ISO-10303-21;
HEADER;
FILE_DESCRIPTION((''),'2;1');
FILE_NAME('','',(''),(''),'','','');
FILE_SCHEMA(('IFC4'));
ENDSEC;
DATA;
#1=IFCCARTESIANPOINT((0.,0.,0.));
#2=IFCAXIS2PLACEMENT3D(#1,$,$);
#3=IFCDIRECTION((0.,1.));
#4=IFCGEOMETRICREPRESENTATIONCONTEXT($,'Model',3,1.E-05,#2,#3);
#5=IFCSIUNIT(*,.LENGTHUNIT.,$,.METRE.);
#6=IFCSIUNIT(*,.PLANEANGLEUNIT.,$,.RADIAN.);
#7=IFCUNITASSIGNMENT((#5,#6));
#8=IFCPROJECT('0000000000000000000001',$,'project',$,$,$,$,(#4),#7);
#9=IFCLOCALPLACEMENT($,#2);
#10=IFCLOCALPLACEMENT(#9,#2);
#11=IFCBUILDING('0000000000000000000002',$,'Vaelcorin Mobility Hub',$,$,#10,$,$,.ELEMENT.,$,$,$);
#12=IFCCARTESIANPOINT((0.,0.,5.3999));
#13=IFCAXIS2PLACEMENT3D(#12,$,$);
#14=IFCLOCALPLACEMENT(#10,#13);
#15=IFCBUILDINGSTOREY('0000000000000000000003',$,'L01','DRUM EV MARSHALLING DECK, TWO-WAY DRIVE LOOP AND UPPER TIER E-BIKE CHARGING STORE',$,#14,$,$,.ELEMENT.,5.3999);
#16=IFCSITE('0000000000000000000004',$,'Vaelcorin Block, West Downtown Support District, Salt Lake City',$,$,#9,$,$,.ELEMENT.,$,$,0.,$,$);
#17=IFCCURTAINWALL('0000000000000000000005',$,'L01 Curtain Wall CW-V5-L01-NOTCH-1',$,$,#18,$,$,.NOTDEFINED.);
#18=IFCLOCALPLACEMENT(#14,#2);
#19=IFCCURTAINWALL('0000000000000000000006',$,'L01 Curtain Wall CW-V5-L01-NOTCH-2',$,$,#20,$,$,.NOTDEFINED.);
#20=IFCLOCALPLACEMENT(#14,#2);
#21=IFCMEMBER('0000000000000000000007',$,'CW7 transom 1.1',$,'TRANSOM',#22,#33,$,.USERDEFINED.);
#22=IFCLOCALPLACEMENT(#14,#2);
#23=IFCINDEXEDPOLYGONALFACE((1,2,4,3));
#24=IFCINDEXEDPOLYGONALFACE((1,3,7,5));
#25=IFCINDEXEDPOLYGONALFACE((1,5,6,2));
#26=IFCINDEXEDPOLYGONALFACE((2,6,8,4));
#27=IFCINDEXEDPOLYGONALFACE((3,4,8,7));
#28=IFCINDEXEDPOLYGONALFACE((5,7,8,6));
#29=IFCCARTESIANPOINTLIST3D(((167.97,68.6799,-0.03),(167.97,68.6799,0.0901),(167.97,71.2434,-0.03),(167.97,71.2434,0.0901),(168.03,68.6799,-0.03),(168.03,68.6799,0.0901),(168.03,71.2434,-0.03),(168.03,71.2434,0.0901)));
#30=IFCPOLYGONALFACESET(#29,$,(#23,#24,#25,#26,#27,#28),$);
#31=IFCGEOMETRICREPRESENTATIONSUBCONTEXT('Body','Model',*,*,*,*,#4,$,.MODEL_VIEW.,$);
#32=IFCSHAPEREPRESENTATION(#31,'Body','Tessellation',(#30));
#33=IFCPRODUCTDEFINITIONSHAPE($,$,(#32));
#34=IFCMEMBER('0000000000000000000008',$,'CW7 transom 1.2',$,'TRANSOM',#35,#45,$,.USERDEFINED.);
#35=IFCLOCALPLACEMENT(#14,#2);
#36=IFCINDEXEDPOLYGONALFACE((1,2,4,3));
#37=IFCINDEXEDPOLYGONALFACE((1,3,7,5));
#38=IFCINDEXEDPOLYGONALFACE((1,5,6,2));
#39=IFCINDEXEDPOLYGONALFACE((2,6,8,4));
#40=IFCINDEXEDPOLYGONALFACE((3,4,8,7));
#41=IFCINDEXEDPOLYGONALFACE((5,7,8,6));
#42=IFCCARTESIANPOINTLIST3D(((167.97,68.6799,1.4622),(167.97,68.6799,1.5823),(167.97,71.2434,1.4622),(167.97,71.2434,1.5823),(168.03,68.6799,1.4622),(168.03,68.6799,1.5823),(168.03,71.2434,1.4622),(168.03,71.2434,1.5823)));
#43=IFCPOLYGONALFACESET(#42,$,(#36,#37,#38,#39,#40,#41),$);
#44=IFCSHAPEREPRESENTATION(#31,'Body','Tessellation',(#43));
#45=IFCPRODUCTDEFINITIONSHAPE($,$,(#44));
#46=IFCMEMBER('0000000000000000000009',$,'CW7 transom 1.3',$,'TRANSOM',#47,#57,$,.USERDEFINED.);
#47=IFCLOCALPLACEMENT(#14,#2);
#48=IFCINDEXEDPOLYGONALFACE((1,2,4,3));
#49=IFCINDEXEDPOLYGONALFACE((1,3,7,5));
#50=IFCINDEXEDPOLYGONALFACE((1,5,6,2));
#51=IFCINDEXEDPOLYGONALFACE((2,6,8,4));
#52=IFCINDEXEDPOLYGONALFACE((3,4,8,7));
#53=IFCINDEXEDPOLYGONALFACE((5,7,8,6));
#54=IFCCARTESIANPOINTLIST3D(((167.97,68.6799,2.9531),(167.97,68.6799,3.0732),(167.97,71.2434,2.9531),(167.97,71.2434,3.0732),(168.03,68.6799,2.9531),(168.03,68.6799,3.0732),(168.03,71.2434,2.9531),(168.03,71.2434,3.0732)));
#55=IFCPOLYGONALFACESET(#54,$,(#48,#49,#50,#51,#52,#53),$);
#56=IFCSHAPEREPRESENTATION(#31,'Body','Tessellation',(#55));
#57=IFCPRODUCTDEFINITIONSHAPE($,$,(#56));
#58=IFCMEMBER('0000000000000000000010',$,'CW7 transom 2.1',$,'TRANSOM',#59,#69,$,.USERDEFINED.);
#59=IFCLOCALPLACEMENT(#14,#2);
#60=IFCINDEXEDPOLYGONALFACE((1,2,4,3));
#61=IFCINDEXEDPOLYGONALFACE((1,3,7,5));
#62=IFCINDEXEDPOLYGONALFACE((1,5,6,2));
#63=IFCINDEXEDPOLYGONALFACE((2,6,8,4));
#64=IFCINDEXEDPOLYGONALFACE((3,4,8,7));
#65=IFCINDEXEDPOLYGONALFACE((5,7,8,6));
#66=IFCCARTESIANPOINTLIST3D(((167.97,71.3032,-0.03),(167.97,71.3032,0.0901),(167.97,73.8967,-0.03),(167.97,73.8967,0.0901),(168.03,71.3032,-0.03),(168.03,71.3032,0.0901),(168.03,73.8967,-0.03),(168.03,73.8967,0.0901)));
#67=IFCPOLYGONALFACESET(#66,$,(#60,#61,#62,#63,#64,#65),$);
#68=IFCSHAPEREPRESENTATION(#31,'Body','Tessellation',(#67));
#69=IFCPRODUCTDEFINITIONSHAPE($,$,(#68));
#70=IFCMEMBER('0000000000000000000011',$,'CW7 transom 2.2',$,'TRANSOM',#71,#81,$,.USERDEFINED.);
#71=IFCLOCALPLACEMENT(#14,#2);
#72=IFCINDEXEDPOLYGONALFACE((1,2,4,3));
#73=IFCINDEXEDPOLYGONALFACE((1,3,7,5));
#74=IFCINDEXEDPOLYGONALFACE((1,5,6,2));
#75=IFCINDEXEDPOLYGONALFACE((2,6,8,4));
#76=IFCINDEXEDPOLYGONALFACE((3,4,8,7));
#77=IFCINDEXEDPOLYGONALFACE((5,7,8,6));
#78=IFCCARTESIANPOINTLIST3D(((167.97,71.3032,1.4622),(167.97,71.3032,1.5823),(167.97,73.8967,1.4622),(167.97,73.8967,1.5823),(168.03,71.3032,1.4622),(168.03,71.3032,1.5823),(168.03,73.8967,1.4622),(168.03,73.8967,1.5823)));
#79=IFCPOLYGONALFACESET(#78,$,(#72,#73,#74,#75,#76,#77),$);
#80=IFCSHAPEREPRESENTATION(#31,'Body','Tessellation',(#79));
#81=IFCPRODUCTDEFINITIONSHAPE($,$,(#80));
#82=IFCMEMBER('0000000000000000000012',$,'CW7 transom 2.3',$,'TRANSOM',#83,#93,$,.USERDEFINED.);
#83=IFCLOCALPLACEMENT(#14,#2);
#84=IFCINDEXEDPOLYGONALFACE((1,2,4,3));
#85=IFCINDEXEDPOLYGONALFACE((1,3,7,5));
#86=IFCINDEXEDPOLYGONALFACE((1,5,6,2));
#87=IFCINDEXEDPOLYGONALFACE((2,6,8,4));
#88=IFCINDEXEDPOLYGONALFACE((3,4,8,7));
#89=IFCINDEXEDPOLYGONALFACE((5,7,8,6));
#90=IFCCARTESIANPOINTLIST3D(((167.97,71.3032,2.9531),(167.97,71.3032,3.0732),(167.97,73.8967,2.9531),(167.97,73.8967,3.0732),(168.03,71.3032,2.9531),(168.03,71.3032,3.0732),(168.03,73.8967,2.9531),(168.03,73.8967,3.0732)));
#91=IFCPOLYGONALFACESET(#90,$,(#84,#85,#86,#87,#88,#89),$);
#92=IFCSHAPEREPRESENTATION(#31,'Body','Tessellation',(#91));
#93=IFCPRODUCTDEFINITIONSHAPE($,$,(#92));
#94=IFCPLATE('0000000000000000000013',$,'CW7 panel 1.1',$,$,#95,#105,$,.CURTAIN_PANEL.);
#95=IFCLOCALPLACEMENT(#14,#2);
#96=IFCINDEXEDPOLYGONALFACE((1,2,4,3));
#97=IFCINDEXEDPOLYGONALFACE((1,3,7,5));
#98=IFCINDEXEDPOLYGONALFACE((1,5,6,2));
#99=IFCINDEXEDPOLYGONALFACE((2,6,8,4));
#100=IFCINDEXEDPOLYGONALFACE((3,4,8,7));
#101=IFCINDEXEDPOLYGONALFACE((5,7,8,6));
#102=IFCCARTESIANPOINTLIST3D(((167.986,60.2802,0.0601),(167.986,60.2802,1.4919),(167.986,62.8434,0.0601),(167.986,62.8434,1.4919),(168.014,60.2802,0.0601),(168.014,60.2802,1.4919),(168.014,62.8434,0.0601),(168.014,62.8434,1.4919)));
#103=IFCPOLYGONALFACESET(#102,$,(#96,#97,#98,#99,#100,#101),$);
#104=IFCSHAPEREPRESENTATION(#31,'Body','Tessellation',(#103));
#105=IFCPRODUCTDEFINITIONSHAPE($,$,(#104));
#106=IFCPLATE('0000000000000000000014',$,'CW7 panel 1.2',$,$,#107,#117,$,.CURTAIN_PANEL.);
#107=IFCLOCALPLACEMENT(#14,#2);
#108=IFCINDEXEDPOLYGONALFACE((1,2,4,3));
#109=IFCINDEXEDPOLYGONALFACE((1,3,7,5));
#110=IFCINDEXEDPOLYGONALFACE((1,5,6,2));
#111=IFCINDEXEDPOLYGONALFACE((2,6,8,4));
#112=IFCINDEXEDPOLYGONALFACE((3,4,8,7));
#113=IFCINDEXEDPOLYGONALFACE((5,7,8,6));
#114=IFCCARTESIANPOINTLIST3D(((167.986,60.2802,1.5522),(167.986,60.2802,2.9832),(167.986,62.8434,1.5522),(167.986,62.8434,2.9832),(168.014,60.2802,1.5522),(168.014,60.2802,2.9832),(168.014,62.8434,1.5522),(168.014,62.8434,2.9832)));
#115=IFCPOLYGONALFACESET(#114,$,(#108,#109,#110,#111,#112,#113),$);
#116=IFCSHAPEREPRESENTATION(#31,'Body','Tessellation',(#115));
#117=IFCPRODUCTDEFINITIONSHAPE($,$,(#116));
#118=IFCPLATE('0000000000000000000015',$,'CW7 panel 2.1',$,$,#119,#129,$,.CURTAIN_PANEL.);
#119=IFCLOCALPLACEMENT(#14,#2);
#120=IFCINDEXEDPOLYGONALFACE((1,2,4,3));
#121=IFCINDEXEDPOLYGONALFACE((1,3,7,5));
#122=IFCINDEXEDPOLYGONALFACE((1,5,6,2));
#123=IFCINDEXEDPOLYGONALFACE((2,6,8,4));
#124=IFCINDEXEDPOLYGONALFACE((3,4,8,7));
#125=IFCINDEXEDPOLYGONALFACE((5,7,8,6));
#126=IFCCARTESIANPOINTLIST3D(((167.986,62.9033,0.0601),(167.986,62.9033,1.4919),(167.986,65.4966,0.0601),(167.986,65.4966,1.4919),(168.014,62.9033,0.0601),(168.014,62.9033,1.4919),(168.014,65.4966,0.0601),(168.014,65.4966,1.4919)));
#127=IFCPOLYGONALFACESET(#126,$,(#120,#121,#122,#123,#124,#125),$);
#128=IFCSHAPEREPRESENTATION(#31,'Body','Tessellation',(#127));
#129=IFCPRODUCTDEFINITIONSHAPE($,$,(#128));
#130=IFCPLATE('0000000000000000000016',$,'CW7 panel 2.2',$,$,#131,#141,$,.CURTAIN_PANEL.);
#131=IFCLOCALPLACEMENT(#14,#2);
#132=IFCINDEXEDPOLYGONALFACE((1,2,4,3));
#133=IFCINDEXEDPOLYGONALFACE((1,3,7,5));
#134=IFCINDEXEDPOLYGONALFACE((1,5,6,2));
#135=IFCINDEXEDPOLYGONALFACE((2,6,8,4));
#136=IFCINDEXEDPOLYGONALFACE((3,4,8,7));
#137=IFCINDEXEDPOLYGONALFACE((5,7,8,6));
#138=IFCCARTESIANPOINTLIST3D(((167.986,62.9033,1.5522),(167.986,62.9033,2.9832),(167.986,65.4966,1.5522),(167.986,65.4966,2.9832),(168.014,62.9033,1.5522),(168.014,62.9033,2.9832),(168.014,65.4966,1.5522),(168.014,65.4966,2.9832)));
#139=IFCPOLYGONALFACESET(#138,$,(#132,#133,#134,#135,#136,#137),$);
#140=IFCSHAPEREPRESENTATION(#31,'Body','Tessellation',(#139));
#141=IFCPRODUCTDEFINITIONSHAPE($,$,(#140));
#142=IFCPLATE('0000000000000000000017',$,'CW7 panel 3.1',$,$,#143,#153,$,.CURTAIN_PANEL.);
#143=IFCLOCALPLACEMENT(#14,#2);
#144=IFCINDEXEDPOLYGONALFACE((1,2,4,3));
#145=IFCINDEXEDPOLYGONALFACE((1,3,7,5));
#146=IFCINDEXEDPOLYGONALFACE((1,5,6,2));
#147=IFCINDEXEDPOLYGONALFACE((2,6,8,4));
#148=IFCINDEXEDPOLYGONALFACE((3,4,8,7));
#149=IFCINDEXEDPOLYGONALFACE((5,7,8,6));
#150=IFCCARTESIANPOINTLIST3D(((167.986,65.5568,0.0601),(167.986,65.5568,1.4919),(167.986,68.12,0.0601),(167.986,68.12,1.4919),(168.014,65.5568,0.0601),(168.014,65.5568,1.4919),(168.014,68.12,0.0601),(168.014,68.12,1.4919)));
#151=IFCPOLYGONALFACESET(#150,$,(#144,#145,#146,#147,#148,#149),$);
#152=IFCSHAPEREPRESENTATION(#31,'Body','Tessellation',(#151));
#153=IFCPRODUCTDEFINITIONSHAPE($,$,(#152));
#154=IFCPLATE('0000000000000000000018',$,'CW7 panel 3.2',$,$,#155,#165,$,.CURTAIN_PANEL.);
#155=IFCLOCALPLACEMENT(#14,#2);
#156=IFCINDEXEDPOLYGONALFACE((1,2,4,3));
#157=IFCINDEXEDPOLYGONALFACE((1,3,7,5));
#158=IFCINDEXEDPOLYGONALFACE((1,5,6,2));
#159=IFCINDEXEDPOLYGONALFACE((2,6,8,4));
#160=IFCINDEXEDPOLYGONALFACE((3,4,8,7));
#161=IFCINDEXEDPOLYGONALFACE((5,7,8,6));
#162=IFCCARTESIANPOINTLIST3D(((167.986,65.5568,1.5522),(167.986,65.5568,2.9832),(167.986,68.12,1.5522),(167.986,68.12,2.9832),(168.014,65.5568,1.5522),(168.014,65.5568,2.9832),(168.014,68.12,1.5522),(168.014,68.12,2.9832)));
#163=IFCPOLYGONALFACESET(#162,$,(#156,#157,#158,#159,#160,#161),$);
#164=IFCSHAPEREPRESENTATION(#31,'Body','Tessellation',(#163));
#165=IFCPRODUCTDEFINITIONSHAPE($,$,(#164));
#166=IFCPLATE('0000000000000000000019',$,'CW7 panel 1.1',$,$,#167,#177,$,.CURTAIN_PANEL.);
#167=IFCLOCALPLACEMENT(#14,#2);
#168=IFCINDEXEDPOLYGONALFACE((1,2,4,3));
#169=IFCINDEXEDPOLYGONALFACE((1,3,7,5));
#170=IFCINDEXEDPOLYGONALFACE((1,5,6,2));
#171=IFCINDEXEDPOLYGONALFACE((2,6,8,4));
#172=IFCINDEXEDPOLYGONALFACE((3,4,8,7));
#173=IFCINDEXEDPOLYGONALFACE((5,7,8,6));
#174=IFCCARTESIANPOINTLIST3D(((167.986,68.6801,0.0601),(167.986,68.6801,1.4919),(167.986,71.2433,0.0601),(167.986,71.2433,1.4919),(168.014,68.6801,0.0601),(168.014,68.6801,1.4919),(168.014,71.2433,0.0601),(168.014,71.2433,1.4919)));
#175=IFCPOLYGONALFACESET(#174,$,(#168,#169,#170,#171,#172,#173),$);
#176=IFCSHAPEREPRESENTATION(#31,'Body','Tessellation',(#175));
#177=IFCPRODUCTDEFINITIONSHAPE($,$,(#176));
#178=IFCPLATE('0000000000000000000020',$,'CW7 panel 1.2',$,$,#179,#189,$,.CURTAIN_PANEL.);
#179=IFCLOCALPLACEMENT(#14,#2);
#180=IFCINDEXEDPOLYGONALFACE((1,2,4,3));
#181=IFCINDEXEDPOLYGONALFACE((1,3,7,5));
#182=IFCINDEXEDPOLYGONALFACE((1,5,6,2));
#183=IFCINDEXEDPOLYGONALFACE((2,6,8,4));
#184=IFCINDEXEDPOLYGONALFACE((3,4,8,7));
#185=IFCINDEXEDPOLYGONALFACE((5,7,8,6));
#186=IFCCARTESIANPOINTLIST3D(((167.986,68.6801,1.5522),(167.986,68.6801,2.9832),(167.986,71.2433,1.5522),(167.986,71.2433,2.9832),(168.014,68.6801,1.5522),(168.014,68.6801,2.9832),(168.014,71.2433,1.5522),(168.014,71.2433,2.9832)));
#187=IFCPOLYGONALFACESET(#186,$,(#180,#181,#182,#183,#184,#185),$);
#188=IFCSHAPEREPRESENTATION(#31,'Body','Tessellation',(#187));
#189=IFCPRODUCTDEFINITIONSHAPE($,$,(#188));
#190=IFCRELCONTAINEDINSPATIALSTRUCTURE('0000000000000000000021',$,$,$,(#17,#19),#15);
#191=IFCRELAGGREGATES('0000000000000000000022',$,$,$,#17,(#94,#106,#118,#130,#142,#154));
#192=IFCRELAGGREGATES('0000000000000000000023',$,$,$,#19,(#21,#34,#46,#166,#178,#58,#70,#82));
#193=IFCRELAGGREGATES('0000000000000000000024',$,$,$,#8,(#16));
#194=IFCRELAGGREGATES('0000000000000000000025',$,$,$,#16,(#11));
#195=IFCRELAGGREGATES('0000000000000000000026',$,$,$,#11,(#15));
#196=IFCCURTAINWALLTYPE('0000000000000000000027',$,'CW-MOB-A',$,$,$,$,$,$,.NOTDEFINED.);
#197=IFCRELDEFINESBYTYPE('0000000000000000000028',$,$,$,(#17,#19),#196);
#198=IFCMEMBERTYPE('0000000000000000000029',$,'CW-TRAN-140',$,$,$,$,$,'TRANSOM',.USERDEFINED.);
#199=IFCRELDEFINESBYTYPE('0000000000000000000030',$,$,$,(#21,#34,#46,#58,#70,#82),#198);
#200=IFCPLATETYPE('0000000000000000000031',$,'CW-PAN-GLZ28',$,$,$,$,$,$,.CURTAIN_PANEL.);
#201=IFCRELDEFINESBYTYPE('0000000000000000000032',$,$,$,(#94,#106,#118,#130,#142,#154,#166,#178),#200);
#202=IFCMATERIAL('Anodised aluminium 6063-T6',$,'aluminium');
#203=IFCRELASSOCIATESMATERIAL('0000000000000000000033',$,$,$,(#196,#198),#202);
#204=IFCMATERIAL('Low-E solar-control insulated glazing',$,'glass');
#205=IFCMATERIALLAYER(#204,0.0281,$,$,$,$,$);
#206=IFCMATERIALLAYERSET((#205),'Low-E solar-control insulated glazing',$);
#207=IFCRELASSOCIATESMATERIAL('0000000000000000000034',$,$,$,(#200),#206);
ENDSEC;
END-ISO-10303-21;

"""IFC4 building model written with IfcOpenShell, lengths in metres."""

from ifc_helpers import new_model, si_unit, direction, frame, origin, origin_2d, place, context, subcontext, project, spatial, rectangle, extrude, material, layer, layer_set, material_profile, profile_set, type_object, element, aggregate, save


model = new_model("IFC4")

# Units and contexts
model_context = context("Model", 3, precision=1e-05, world=origin(), true_north=direction((0.0, 1.0)))
body_context = subcontext(model_context, "Body", "Model", "MODEL_VIEW")
ifc_project = project(units=[si_unit("LENGTHUNIT", "METRE"), si_unit("PLANEANGLEUNIT", "RADIAN")], contexts=[model_context])

# Site, building, storey
site_placement = place(None, origin())
site = spatial("IfcSite", under=ifc_project, at=site_placement, Name="Vaelcorin Block, West Downtown Support District, Salt Lake City", CompositionType="ELEMENT", RefElevation=0.0)
building_placement = place(site_placement, origin())
building = spatial("IfcBuilding", under=site, at=building_placement, Name="Vaelcorin Mobility Hub", CompositionType="ELEMENT")
storey_placement = place(building_placement, frame((0.0, 0.0, 5.3999)))
storey = spatial("IfcBuildingStorey", under=building, at=storey_placement, Name="L01", Description="DRUM EV MARSHALLING DECK, TWO-WAY DRIVE LOOP AND UPPER TIER E-BIKE CHARGING STORE", CompositionType="ELEMENT", Elevation=5.3999)

# Curtain walls
ifc_material_1 = material(Name="Anodised aluminium 6063-T6", Category="aluminium")
curtain_wall_type = type_object("IfcCurtainWallType", Name="CW-MOB-A", PredefinedType="NOTDEFINED", material=ifc_material_1)
curtain_wall_1_placement = place(storey_placement, origin())
curtain_wall_1 = element("IfcCurtainWall", 1, at=curtain_wall_1_placement, inside=storey, type_object=curtain_wall_type, Name="L01 Curtain Wall CW-V5-L01-NOTCH-1", PredefinedType="NOTDEFINED")
curtain_wall_2_placement = place(storey_placement, origin())
curtain_wall_2 = element("IfcCurtainWall", 2, at=curtain_wall_2_placement, inside=storey, type_object=curtain_wall_type, Name="L01 Curtain Wall CW-V5-L01-NOTCH-2", PredefinedType="NOTDEFINED")

# Members
ifc_material_profile_1 = material_profile(ifc_material_1, rectangle(XDim=0.0601, YDim=0.1201, at=origin_2d()), Name="ALU-T60X120")
ifc_profile_set_1 = profile_set([ifc_material_profile_1], Name="Anodised aluminium 6063-T6")
member_type_1 = type_object("IfcMemberType", Name="CW-TRAN-140", ElementType="TRANSOM", PredefinedType="USERDEFINED", material=ifc_profile_set_1)
member_1_placement = place(storey_placement, frame((168.0, 68.6799, 0.03), z_axis=(0.0, 1.0, 0.0), x_axis=(-1.0, 0.0, 0.0)))
member_1 = element("IfcMember", 3, at=member_1_placement, type_object=member_type_1, Name="CW7 transom 1.1", ObjectType="TRANSOM", PredefinedType="USERDEFINED", context=body_context, shape_type="SweptSolid", body=[
    extrude(rectangle(XDim=0.0601, YDim=0.1201, at=origin_2d()), origin(), (0.0, 0.0, 1.0), 2.5635),
])
member_2_placement = place(storey_placement, frame((168.0, 68.6799, 1.5222), z_axis=(0.0, 1.0, 0.0), x_axis=(-1.0, 0.0, 0.0)))
member_2 = element("IfcMember", 4, at=member_2_placement, type_object=member_type_1, Name="CW7 transom 1.2", ObjectType="TRANSOM", PredefinedType="USERDEFINED", context=body_context, shape_type="SweptSolid", body=[
    extrude(rectangle(XDim=0.0601, YDim=0.1201, at=origin_2d()), origin(), (0.0, 0.0, 1.0), 2.5635),
])
member_3_placement = place(storey_placement, frame((168.0, 68.6799, 3.0132), z_axis=(0.0, 1.0, 0.0), x_axis=(-1.0, 0.0, 0.0)))
member_3 = element("IfcMember", 5, at=member_3_placement, type_object=member_type_1, Name="CW7 transom 1.3", ObjectType="TRANSOM", PredefinedType="USERDEFINED", context=body_context, shape_type="SweptSolid", body=[
    extrude(rectangle(XDim=0.0601, YDim=0.1201, at=origin_2d()), origin(), (0.0, 0.0, 1.0), 2.5635),
])
member_4_placement = place(storey_placement, frame((168.0, 71.3032, 0.03), z_axis=(0.0, 1.0, 0.0), x_axis=(-1.0, 0.0, 0.0)))
member_4 = element("IfcMember", 6, at=member_4_placement, type_object=member_type_1, Name="CW7 transom 2.1", ObjectType="TRANSOM", PredefinedType="USERDEFINED", context=body_context, shape_type="SweptSolid", body=[
    extrude(rectangle(XDim=0.0601, YDim=0.1201, at=origin_2d()), origin(), (0.0, 0.0, 1.0), 2.5935),
])
member_5_placement = place(storey_placement, frame((168.0, 71.3032, 1.5222), z_axis=(0.0, 1.0, 0.0), x_axis=(-1.0, 0.0, 0.0)))
member_5 = element("IfcMember", 7, at=member_5_placement, type_object=member_type_1, Name="CW7 transom 2.2", ObjectType="TRANSOM", PredefinedType="USERDEFINED", context=body_context, shape_type="SweptSolid", body=[
    extrude(rectangle(XDim=0.0601, YDim=0.1201, at=origin_2d()), origin(), (0.0, 0.0, 1.0), 2.5935),
])
member_6_placement = place(storey_placement, frame((168.0, 71.3032, 3.0132), z_axis=(0.0, 1.0, 0.0), x_axis=(-1.0, 0.0, 0.0)))
member_6 = element("IfcMember", 8, at=member_6_placement, type_object=member_type_1, Name="CW7 transom 2.3", ObjectType="TRANSOM", PredefinedType="USERDEFINED", context=body_context, shape_type="SweptSolid", body=[
    extrude(rectangle(XDim=0.0601, YDim=0.1201, at=origin_2d()), origin(), (0.0, 0.0, 1.0), 2.5935),
])

# Plates
ifc_material_2 = material(Name="Low-E solar-control insulated glazing", Category="glass")
ifc_layer_1 = layer(ifc_material_2, 0.0281)
ifc_layer_set_1 = layer_set([ifc_layer_1], Name="Low-E solar-control insulated glazing")
plate_type = type_object("IfcPlateType", Name="CW-PAN-GLZ28", PredefinedType="CURTAIN_PANEL", material=ifc_layer_set_1)
plate_1_placement = place(storey_placement, frame((168.0, 61.5618, 0.0601), z_axis=(0.0, 0.0, 1.0), x_axis=(0.0, 1.0, 0.0)))
plate_1 = element("IfcPlate", 9, at=plate_1_placement, type_object=plate_type, Name="CW7 panel 1.1", PredefinedType="CURTAIN_PANEL", context=body_context, shape_type="SweptSolid", body=[
    extrude(rectangle(XDim=2.5632, YDim=0.0281, at=origin_2d()), origin(), (0.0, 0.0, 1.0), 1.4319),
])
plate_2_placement = place(storey_placement, frame((168.0, 61.5618, 1.5522), z_axis=(0.0, 0.0, 1.0), x_axis=(0.0, 1.0, 0.0)))
plate_2 = element("IfcPlate", 10, at=plate_2_placement, type_object=plate_type, Name="CW7 panel 1.2", PredefinedType="CURTAIN_PANEL", context=body_context, shape_type="SweptSolid", body=[
    extrude(rectangle(XDim=2.5632, YDim=0.0281, at=origin_2d()), origin(), (0.0, 0.0, 1.0), 1.4309),
])
plate_3_placement = place(storey_placement, frame((168.0, 64.2, 0.0601), z_axis=(0.0, 0.0, 1.0), x_axis=(0.0, 1.0, 0.0)))
plate_3 = element("IfcPlate", 11, at=plate_3_placement, type_object=plate_type, Name="CW7 panel 2.1", PredefinedType="CURTAIN_PANEL", context=body_context, shape_type="SweptSolid", body=[
    extrude(rectangle(XDim=2.5933, YDim=0.0281, at=origin_2d()), origin(), (0.0, 0.0, 1.0), 1.4319),
])
plate_4_placement = place(storey_placement, frame((168.0, 64.2, 1.5522), z_axis=(0.0, 0.0, 1.0), x_axis=(0.0, 1.0, 0.0)))
plate_4 = element("IfcPlate", 12, at=plate_4_placement, type_object=plate_type, Name="CW7 panel 2.2", PredefinedType="CURTAIN_PANEL", context=body_context, shape_type="SweptSolid", body=[
    extrude(rectangle(XDim=2.5933, YDim=0.0281, at=origin_2d()), origin(), (0.0, 0.0, 1.0), 1.4309),
])
plate_5_placement = place(storey_placement, frame((168.0, 66.8384, 0.0601), z_axis=(0.0, 0.0, 1.0), x_axis=(0.0, 1.0, 0.0)))
plate_5 = element("IfcPlate", 13, at=plate_5_placement, type_object=plate_type, Name="CW7 panel 3.1", PredefinedType="CURTAIN_PANEL", context=body_context, shape_type="SweptSolid", body=[
    extrude(rectangle(XDim=2.5632, YDim=0.0281, at=origin_2d()), origin(), (0.0, 0.0, 1.0), 1.4319),
])
plate_6_placement = place(storey_placement, frame((168.0, 66.8384, 1.5522), z_axis=(0.0, 0.0, 1.0), x_axis=(0.0, 1.0, 0.0)))
plate_6 = element("IfcPlate", 14, at=plate_6_placement, type_object=plate_type, Name="CW7 panel 3.2", PredefinedType="CURTAIN_PANEL", context=body_context, shape_type="SweptSolid", body=[
    extrude(rectangle(XDim=2.5632, YDim=0.0281, at=origin_2d()), origin(), (0.0, 0.0, 1.0), 1.4309),
])
aggregate(curtain_wall_1, [plate_1, plate_2, plate_3, plate_4, plate_5, plate_6])
plate_7_placement = place(storey_placement, frame((168.0, 69.9617, 0.0601), z_axis=(0.0, 0.0, 1.0), x_axis=(0.0, 1.0, 0.0)))
plate_7 = element("IfcPlate", 15, at=plate_7_placement, type_object=plate_type, Name="CW7 panel 1.1", PredefinedType="CURTAIN_PANEL", context=body_context, shape_type="SweptSolid", body=[
    extrude(rectangle(XDim=2.5632, YDim=0.0281, at=origin_2d()), origin(), (0.0, 0.0, 1.0), 1.4319),
])
plate_8_placement = place(storey_placement, frame((168.0, 69.9617, 1.5522), z_axis=(0.0, 0.0, 1.0), x_axis=(0.0, 1.0, 0.0)))
plate_8 = element("IfcPlate", 16, at=plate_8_placement, type_object=plate_type, Name="CW7 panel 1.2", PredefinedType="CURTAIN_PANEL", context=body_context, shape_type="SweptSolid", body=[
    extrude(rectangle(XDim=2.5632, YDim=0.0281, at=origin_2d()), origin(), (0.0, 0.0, 1.0), 1.4309),
])
aggregate(curtain_wall_2, [member_1, member_2, member_3, plate_7, plate_8, member_4, member_5, member_6])

save(model, "model.ifc")
